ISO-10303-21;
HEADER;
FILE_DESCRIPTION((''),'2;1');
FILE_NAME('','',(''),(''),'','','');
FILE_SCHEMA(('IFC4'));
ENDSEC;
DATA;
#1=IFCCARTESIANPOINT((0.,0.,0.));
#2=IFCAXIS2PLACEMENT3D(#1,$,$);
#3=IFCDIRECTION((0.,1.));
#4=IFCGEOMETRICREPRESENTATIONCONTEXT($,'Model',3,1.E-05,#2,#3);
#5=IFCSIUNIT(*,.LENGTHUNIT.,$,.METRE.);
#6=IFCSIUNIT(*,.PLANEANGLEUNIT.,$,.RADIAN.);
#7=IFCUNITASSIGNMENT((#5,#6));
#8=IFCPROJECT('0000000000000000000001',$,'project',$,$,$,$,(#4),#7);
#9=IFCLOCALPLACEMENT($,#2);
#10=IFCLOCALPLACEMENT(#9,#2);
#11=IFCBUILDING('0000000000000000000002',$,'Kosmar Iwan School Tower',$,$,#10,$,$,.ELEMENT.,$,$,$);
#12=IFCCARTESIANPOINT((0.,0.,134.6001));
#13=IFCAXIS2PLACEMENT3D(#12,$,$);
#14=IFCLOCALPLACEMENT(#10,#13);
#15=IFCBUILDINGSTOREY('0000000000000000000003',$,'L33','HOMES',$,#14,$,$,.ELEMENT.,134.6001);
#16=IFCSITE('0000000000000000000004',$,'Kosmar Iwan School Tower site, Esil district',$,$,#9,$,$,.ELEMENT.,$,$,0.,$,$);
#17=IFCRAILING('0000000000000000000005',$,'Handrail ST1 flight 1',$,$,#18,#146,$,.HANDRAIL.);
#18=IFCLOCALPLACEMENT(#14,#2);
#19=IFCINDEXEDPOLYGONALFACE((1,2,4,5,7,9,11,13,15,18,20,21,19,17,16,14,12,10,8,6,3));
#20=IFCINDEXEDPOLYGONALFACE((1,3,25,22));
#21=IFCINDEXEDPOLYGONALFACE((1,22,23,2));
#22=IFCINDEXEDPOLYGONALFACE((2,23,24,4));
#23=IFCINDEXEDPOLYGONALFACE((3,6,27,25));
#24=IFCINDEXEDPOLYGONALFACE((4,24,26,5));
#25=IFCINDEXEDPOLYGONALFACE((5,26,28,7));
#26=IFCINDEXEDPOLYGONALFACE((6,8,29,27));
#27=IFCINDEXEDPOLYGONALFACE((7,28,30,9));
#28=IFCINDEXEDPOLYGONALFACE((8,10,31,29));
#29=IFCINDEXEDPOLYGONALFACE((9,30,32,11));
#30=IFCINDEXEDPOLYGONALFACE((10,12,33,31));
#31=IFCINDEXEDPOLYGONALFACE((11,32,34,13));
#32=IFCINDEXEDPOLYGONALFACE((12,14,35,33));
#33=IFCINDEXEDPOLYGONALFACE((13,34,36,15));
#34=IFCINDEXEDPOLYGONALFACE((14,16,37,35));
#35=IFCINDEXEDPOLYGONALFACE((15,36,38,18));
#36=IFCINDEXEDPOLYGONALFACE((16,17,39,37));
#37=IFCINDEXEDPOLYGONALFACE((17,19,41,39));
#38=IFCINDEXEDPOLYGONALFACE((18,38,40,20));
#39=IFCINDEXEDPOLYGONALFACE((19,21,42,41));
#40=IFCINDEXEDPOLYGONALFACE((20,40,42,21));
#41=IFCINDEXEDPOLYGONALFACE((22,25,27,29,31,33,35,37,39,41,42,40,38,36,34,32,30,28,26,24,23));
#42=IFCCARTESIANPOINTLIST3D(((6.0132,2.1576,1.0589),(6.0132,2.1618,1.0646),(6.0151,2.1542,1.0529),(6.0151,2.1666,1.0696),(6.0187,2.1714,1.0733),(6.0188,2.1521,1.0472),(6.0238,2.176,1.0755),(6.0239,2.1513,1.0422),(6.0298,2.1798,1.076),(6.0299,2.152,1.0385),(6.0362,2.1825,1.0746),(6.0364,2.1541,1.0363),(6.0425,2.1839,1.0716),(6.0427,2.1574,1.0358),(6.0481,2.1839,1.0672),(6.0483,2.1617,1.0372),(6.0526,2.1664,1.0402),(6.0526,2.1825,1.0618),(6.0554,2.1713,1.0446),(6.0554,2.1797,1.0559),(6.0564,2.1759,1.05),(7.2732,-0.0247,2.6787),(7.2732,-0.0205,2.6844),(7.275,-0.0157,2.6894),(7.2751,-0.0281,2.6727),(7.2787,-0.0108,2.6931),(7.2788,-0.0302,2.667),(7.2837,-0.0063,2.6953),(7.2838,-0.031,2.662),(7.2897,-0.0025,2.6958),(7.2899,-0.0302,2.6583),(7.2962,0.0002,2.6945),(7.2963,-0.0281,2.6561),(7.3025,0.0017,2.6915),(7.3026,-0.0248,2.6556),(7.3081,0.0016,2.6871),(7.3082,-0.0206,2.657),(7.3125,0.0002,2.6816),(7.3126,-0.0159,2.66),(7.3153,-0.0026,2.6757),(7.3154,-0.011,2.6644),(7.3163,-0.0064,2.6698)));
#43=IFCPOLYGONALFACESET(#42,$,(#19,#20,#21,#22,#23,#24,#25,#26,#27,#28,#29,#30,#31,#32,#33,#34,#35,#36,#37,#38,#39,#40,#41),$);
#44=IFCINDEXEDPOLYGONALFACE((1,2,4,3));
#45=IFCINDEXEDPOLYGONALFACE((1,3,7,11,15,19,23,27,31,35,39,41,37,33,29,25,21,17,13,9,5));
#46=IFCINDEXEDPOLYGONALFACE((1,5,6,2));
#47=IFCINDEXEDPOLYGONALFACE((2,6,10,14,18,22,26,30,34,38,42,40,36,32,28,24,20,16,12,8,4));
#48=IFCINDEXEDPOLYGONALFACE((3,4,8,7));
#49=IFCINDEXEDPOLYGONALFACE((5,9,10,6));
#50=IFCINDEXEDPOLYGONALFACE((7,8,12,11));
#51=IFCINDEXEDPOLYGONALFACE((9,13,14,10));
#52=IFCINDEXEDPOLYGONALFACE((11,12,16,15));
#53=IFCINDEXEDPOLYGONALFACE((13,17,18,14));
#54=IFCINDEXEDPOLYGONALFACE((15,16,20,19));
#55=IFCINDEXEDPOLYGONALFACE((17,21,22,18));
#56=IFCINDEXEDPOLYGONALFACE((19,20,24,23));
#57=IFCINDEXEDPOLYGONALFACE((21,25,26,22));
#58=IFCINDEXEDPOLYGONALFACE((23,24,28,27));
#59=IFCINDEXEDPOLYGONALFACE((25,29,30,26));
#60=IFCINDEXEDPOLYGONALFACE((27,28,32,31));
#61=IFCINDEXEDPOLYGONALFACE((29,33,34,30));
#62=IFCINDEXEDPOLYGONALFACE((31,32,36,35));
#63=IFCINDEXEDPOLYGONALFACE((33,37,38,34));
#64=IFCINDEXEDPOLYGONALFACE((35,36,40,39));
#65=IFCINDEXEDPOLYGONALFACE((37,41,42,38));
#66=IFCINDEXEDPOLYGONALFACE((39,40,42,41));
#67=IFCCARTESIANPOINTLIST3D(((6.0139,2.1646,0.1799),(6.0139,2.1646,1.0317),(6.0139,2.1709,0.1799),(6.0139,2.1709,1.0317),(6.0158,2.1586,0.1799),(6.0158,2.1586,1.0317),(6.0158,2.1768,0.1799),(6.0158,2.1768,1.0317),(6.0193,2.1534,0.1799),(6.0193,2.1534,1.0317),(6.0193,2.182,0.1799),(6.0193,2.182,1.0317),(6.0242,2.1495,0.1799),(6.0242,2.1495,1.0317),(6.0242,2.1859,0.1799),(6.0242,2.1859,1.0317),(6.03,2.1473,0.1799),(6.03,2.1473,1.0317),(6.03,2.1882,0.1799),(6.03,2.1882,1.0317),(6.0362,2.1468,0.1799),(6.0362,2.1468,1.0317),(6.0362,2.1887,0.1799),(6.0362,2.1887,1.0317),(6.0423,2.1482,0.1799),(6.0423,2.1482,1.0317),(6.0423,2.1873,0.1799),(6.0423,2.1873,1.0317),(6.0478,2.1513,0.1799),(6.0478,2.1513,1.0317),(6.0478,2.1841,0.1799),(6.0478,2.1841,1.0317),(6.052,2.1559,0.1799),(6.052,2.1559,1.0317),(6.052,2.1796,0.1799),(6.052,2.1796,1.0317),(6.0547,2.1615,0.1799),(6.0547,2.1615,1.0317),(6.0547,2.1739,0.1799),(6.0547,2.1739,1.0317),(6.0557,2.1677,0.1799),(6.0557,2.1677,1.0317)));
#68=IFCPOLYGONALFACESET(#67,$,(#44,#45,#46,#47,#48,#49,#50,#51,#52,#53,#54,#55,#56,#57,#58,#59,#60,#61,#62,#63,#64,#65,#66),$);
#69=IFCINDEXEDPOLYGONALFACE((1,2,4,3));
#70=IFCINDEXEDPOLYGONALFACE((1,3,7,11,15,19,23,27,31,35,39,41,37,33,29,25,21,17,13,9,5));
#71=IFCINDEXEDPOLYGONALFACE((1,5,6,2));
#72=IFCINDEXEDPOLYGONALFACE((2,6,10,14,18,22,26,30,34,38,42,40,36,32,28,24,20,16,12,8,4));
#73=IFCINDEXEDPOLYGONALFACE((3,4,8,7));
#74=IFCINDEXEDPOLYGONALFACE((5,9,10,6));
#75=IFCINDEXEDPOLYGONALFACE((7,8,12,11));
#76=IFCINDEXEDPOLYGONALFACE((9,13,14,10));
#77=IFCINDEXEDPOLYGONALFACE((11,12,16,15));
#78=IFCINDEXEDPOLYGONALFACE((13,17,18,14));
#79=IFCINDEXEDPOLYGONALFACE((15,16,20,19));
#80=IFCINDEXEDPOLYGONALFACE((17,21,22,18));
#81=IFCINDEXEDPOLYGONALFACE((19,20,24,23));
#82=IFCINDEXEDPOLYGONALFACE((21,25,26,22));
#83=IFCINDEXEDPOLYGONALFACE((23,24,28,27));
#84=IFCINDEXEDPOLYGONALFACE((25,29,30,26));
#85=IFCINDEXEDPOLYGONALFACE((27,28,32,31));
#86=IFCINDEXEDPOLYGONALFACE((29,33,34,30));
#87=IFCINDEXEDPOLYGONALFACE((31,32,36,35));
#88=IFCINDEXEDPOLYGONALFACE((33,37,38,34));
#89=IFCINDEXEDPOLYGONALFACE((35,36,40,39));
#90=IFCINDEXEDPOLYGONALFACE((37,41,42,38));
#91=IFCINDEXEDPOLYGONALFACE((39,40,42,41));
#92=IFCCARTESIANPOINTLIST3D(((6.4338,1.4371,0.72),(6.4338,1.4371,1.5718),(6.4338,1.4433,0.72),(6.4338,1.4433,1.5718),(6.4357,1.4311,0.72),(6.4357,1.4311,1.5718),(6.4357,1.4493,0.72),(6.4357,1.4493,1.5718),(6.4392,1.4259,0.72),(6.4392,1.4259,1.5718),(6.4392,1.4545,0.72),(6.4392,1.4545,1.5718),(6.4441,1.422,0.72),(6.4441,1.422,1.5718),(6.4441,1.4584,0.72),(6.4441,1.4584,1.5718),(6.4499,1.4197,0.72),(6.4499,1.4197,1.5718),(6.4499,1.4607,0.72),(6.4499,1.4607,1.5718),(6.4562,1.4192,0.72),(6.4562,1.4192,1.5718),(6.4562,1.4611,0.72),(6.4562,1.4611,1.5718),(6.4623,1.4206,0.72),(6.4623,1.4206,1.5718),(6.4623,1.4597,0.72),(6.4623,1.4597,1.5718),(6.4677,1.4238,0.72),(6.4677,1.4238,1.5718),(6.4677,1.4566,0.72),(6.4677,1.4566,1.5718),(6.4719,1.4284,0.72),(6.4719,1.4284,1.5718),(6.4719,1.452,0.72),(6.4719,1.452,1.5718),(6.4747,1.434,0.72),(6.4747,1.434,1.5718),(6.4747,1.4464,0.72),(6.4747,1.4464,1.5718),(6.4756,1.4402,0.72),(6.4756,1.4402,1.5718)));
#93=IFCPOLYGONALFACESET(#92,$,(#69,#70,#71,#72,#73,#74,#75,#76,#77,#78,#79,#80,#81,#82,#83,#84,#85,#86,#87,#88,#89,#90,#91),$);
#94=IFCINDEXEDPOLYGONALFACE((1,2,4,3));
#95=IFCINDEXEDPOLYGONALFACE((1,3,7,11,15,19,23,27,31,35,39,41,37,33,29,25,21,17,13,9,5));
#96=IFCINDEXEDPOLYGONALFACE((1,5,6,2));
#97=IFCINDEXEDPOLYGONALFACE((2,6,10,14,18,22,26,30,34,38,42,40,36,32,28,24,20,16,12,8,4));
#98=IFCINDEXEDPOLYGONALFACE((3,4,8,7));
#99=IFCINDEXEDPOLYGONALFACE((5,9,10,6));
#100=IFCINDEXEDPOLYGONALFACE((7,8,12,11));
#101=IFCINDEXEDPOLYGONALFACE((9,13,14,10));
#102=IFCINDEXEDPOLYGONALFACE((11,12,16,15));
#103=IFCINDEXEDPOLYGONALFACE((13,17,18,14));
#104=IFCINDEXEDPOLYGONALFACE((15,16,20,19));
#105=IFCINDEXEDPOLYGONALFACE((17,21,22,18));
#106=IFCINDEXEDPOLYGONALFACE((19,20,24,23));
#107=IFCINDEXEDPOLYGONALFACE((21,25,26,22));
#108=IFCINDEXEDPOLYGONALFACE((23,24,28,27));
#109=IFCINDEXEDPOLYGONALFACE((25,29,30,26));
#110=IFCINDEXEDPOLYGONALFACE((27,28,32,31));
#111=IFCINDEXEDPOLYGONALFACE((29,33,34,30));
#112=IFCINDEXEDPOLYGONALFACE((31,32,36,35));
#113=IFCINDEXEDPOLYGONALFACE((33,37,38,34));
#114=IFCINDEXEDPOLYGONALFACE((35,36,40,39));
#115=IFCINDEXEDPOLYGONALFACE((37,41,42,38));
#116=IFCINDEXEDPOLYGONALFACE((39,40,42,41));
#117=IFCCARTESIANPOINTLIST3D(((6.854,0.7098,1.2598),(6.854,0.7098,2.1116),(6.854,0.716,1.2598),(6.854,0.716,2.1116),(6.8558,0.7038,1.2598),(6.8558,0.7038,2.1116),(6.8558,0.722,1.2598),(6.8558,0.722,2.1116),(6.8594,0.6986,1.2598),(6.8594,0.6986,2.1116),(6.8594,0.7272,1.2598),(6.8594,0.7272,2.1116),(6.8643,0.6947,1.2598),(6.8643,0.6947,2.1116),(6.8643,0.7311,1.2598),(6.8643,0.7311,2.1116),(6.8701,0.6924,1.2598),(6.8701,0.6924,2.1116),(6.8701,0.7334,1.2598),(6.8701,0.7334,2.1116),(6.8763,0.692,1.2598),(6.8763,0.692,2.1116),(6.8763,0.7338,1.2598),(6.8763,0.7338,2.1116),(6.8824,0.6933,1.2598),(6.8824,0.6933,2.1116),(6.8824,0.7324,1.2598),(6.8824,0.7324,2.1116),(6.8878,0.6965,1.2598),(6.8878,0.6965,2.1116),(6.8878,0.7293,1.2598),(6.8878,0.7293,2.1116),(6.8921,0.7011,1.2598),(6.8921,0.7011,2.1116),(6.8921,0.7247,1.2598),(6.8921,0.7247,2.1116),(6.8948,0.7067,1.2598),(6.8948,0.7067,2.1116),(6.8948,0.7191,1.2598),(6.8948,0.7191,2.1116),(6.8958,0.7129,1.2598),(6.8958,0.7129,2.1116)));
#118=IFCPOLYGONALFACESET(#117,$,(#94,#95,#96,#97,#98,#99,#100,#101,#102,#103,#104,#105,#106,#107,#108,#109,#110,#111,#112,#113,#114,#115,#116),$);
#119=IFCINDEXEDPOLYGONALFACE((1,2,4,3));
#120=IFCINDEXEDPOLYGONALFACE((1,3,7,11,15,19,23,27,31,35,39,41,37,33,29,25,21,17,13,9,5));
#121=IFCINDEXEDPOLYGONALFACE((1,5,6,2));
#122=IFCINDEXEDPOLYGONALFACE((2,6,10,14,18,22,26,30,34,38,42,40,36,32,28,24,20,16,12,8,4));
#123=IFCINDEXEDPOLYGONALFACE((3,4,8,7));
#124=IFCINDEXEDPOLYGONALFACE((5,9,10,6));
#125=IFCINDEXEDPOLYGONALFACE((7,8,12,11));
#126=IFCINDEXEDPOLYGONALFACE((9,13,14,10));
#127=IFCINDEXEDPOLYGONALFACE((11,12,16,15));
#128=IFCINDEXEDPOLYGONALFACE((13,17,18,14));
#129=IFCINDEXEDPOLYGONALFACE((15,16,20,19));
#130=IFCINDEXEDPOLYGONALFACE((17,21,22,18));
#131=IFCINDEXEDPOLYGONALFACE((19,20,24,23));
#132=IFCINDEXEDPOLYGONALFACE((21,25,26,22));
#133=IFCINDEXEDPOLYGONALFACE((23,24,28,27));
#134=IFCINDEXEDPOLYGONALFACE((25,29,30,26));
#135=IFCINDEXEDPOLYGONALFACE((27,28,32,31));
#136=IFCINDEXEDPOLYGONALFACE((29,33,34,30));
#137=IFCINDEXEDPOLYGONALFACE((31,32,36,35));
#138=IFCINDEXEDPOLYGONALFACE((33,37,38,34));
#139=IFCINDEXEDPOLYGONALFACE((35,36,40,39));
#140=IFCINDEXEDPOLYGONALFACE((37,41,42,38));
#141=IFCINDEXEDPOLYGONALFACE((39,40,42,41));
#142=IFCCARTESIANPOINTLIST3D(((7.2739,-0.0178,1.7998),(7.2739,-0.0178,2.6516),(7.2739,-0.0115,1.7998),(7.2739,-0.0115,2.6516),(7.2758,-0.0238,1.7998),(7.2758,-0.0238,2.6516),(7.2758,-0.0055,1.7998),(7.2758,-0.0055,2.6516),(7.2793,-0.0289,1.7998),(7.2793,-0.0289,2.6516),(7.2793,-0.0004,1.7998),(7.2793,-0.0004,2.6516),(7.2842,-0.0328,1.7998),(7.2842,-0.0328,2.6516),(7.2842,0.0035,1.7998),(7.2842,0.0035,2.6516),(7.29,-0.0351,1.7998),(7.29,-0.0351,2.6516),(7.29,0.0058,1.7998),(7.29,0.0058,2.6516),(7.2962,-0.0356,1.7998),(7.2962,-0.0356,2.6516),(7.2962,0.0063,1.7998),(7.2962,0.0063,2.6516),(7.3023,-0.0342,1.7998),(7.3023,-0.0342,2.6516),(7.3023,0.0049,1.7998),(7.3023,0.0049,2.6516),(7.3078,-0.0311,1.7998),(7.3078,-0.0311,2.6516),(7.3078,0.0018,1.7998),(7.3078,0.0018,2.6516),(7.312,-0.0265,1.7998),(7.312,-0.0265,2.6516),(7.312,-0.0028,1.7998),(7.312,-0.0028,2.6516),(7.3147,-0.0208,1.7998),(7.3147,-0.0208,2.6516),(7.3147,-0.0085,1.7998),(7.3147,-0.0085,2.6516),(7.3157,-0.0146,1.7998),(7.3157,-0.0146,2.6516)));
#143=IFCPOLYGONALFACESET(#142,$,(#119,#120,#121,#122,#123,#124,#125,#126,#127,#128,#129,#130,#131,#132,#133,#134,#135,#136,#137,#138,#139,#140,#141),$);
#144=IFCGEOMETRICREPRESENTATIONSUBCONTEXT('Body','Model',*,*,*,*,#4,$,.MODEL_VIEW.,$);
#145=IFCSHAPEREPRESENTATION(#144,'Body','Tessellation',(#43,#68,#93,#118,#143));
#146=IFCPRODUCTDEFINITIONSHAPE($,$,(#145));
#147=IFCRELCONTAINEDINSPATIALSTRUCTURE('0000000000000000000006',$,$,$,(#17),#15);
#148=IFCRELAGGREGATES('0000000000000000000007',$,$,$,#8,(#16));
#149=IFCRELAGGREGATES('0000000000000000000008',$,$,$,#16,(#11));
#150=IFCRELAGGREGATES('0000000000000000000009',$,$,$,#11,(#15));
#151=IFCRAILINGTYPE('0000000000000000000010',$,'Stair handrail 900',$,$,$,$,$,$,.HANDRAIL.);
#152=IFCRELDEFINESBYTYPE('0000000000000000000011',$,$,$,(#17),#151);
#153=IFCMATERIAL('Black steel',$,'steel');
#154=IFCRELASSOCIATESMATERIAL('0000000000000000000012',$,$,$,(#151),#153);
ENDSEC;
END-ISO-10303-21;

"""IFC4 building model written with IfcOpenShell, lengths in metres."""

from ifc_helpers import new_model, si_unit, direction, frame, origin, origin_2d, place, context, subcontext, project, spatial, circle, extrude, material, type_object, element, save


model = new_model("IFC4")

# Units and contexts
model_context = context("Model", 3, precision=1e-05, world=origin(), true_north=direction((0.0, 1.0)))
body_context = subcontext(model_context, "Body", "Model", "MODEL_VIEW")
ifc_project = project(units=[si_unit("LENGTHUNIT", "METRE"), si_unit("PLANEANGLEUNIT", "RADIAN")], contexts=[model_context])

# Site, building, storey
site_placement = place(None, origin())
site = spatial("IfcSite", under=ifc_project, at=site_placement, Name="Kosmar Iwan School Tower site, Esil district", CompositionType="ELEMENT", RefElevation=0.0)
building_placement = place(site_placement, origin())
building = spatial("IfcBuilding", under=site, at=building_placement, Name="Kosmar Iwan School Tower", CompositionType="ELEMENT")
storey_placement = place(building_placement, frame((0.0, 0.0, 134.6001)))
storey = spatial("IfcBuildingStorey", under=building, at=storey_placement, Name="L33", Description="HOMES", CompositionType="ELEMENT", Elevation=134.6001)

# Railing
ifc_material_1 = material(Name="Black steel", Category="steel")
railing_type = type_object("IfcRailingType", Name="Stair handrail 900", PredefinedType="HANDRAIL", material=ifc_material_1)
railing_placement = place(storey_placement, frame((6.0347, 2.1677, 0.1799)))
element("IfcRailing", 1, at=railing_placement, inside=storey, type_object=railing_type, Name="Handrail ST1 flight 1", PredefinedType="HANDRAIL", context=body_context, shape_type="SweptSolid", body=[
    extrude(circle(Radius=0.0239, at=origin_2d()), frame((0.0, 0.0, 0.876), z_axis=(0.420603, -0.728496, 0.540728), x_axis=(0.866023, 0.500005, 0.0)), (0.0, 0.0, 1.0), 2.9956),
    extrude(circle(Radius=0.021, at=origin_2d()), origin(), (0.0, 0.0, 1.0), 0.8518),
    extrude(circle(Radius=0.021, at=origin_2d()), frame((0.4199, -0.7275, 0.54)), (0.0, 0.0, 1.0), 0.8518),
    extrude(circle(Radius=0.021, at=origin_2d()), frame((0.8401, -1.4548, 1.0798)), (0.0, 0.0, 1.0), 0.8518),
    extrude(circle(Radius=0.021, at=origin_2d()), frame((1.26, -2.1824, 1.6199)), (0.0, 0.0, 1.0), 0.8518),
])

save(model, "model.ifc")
